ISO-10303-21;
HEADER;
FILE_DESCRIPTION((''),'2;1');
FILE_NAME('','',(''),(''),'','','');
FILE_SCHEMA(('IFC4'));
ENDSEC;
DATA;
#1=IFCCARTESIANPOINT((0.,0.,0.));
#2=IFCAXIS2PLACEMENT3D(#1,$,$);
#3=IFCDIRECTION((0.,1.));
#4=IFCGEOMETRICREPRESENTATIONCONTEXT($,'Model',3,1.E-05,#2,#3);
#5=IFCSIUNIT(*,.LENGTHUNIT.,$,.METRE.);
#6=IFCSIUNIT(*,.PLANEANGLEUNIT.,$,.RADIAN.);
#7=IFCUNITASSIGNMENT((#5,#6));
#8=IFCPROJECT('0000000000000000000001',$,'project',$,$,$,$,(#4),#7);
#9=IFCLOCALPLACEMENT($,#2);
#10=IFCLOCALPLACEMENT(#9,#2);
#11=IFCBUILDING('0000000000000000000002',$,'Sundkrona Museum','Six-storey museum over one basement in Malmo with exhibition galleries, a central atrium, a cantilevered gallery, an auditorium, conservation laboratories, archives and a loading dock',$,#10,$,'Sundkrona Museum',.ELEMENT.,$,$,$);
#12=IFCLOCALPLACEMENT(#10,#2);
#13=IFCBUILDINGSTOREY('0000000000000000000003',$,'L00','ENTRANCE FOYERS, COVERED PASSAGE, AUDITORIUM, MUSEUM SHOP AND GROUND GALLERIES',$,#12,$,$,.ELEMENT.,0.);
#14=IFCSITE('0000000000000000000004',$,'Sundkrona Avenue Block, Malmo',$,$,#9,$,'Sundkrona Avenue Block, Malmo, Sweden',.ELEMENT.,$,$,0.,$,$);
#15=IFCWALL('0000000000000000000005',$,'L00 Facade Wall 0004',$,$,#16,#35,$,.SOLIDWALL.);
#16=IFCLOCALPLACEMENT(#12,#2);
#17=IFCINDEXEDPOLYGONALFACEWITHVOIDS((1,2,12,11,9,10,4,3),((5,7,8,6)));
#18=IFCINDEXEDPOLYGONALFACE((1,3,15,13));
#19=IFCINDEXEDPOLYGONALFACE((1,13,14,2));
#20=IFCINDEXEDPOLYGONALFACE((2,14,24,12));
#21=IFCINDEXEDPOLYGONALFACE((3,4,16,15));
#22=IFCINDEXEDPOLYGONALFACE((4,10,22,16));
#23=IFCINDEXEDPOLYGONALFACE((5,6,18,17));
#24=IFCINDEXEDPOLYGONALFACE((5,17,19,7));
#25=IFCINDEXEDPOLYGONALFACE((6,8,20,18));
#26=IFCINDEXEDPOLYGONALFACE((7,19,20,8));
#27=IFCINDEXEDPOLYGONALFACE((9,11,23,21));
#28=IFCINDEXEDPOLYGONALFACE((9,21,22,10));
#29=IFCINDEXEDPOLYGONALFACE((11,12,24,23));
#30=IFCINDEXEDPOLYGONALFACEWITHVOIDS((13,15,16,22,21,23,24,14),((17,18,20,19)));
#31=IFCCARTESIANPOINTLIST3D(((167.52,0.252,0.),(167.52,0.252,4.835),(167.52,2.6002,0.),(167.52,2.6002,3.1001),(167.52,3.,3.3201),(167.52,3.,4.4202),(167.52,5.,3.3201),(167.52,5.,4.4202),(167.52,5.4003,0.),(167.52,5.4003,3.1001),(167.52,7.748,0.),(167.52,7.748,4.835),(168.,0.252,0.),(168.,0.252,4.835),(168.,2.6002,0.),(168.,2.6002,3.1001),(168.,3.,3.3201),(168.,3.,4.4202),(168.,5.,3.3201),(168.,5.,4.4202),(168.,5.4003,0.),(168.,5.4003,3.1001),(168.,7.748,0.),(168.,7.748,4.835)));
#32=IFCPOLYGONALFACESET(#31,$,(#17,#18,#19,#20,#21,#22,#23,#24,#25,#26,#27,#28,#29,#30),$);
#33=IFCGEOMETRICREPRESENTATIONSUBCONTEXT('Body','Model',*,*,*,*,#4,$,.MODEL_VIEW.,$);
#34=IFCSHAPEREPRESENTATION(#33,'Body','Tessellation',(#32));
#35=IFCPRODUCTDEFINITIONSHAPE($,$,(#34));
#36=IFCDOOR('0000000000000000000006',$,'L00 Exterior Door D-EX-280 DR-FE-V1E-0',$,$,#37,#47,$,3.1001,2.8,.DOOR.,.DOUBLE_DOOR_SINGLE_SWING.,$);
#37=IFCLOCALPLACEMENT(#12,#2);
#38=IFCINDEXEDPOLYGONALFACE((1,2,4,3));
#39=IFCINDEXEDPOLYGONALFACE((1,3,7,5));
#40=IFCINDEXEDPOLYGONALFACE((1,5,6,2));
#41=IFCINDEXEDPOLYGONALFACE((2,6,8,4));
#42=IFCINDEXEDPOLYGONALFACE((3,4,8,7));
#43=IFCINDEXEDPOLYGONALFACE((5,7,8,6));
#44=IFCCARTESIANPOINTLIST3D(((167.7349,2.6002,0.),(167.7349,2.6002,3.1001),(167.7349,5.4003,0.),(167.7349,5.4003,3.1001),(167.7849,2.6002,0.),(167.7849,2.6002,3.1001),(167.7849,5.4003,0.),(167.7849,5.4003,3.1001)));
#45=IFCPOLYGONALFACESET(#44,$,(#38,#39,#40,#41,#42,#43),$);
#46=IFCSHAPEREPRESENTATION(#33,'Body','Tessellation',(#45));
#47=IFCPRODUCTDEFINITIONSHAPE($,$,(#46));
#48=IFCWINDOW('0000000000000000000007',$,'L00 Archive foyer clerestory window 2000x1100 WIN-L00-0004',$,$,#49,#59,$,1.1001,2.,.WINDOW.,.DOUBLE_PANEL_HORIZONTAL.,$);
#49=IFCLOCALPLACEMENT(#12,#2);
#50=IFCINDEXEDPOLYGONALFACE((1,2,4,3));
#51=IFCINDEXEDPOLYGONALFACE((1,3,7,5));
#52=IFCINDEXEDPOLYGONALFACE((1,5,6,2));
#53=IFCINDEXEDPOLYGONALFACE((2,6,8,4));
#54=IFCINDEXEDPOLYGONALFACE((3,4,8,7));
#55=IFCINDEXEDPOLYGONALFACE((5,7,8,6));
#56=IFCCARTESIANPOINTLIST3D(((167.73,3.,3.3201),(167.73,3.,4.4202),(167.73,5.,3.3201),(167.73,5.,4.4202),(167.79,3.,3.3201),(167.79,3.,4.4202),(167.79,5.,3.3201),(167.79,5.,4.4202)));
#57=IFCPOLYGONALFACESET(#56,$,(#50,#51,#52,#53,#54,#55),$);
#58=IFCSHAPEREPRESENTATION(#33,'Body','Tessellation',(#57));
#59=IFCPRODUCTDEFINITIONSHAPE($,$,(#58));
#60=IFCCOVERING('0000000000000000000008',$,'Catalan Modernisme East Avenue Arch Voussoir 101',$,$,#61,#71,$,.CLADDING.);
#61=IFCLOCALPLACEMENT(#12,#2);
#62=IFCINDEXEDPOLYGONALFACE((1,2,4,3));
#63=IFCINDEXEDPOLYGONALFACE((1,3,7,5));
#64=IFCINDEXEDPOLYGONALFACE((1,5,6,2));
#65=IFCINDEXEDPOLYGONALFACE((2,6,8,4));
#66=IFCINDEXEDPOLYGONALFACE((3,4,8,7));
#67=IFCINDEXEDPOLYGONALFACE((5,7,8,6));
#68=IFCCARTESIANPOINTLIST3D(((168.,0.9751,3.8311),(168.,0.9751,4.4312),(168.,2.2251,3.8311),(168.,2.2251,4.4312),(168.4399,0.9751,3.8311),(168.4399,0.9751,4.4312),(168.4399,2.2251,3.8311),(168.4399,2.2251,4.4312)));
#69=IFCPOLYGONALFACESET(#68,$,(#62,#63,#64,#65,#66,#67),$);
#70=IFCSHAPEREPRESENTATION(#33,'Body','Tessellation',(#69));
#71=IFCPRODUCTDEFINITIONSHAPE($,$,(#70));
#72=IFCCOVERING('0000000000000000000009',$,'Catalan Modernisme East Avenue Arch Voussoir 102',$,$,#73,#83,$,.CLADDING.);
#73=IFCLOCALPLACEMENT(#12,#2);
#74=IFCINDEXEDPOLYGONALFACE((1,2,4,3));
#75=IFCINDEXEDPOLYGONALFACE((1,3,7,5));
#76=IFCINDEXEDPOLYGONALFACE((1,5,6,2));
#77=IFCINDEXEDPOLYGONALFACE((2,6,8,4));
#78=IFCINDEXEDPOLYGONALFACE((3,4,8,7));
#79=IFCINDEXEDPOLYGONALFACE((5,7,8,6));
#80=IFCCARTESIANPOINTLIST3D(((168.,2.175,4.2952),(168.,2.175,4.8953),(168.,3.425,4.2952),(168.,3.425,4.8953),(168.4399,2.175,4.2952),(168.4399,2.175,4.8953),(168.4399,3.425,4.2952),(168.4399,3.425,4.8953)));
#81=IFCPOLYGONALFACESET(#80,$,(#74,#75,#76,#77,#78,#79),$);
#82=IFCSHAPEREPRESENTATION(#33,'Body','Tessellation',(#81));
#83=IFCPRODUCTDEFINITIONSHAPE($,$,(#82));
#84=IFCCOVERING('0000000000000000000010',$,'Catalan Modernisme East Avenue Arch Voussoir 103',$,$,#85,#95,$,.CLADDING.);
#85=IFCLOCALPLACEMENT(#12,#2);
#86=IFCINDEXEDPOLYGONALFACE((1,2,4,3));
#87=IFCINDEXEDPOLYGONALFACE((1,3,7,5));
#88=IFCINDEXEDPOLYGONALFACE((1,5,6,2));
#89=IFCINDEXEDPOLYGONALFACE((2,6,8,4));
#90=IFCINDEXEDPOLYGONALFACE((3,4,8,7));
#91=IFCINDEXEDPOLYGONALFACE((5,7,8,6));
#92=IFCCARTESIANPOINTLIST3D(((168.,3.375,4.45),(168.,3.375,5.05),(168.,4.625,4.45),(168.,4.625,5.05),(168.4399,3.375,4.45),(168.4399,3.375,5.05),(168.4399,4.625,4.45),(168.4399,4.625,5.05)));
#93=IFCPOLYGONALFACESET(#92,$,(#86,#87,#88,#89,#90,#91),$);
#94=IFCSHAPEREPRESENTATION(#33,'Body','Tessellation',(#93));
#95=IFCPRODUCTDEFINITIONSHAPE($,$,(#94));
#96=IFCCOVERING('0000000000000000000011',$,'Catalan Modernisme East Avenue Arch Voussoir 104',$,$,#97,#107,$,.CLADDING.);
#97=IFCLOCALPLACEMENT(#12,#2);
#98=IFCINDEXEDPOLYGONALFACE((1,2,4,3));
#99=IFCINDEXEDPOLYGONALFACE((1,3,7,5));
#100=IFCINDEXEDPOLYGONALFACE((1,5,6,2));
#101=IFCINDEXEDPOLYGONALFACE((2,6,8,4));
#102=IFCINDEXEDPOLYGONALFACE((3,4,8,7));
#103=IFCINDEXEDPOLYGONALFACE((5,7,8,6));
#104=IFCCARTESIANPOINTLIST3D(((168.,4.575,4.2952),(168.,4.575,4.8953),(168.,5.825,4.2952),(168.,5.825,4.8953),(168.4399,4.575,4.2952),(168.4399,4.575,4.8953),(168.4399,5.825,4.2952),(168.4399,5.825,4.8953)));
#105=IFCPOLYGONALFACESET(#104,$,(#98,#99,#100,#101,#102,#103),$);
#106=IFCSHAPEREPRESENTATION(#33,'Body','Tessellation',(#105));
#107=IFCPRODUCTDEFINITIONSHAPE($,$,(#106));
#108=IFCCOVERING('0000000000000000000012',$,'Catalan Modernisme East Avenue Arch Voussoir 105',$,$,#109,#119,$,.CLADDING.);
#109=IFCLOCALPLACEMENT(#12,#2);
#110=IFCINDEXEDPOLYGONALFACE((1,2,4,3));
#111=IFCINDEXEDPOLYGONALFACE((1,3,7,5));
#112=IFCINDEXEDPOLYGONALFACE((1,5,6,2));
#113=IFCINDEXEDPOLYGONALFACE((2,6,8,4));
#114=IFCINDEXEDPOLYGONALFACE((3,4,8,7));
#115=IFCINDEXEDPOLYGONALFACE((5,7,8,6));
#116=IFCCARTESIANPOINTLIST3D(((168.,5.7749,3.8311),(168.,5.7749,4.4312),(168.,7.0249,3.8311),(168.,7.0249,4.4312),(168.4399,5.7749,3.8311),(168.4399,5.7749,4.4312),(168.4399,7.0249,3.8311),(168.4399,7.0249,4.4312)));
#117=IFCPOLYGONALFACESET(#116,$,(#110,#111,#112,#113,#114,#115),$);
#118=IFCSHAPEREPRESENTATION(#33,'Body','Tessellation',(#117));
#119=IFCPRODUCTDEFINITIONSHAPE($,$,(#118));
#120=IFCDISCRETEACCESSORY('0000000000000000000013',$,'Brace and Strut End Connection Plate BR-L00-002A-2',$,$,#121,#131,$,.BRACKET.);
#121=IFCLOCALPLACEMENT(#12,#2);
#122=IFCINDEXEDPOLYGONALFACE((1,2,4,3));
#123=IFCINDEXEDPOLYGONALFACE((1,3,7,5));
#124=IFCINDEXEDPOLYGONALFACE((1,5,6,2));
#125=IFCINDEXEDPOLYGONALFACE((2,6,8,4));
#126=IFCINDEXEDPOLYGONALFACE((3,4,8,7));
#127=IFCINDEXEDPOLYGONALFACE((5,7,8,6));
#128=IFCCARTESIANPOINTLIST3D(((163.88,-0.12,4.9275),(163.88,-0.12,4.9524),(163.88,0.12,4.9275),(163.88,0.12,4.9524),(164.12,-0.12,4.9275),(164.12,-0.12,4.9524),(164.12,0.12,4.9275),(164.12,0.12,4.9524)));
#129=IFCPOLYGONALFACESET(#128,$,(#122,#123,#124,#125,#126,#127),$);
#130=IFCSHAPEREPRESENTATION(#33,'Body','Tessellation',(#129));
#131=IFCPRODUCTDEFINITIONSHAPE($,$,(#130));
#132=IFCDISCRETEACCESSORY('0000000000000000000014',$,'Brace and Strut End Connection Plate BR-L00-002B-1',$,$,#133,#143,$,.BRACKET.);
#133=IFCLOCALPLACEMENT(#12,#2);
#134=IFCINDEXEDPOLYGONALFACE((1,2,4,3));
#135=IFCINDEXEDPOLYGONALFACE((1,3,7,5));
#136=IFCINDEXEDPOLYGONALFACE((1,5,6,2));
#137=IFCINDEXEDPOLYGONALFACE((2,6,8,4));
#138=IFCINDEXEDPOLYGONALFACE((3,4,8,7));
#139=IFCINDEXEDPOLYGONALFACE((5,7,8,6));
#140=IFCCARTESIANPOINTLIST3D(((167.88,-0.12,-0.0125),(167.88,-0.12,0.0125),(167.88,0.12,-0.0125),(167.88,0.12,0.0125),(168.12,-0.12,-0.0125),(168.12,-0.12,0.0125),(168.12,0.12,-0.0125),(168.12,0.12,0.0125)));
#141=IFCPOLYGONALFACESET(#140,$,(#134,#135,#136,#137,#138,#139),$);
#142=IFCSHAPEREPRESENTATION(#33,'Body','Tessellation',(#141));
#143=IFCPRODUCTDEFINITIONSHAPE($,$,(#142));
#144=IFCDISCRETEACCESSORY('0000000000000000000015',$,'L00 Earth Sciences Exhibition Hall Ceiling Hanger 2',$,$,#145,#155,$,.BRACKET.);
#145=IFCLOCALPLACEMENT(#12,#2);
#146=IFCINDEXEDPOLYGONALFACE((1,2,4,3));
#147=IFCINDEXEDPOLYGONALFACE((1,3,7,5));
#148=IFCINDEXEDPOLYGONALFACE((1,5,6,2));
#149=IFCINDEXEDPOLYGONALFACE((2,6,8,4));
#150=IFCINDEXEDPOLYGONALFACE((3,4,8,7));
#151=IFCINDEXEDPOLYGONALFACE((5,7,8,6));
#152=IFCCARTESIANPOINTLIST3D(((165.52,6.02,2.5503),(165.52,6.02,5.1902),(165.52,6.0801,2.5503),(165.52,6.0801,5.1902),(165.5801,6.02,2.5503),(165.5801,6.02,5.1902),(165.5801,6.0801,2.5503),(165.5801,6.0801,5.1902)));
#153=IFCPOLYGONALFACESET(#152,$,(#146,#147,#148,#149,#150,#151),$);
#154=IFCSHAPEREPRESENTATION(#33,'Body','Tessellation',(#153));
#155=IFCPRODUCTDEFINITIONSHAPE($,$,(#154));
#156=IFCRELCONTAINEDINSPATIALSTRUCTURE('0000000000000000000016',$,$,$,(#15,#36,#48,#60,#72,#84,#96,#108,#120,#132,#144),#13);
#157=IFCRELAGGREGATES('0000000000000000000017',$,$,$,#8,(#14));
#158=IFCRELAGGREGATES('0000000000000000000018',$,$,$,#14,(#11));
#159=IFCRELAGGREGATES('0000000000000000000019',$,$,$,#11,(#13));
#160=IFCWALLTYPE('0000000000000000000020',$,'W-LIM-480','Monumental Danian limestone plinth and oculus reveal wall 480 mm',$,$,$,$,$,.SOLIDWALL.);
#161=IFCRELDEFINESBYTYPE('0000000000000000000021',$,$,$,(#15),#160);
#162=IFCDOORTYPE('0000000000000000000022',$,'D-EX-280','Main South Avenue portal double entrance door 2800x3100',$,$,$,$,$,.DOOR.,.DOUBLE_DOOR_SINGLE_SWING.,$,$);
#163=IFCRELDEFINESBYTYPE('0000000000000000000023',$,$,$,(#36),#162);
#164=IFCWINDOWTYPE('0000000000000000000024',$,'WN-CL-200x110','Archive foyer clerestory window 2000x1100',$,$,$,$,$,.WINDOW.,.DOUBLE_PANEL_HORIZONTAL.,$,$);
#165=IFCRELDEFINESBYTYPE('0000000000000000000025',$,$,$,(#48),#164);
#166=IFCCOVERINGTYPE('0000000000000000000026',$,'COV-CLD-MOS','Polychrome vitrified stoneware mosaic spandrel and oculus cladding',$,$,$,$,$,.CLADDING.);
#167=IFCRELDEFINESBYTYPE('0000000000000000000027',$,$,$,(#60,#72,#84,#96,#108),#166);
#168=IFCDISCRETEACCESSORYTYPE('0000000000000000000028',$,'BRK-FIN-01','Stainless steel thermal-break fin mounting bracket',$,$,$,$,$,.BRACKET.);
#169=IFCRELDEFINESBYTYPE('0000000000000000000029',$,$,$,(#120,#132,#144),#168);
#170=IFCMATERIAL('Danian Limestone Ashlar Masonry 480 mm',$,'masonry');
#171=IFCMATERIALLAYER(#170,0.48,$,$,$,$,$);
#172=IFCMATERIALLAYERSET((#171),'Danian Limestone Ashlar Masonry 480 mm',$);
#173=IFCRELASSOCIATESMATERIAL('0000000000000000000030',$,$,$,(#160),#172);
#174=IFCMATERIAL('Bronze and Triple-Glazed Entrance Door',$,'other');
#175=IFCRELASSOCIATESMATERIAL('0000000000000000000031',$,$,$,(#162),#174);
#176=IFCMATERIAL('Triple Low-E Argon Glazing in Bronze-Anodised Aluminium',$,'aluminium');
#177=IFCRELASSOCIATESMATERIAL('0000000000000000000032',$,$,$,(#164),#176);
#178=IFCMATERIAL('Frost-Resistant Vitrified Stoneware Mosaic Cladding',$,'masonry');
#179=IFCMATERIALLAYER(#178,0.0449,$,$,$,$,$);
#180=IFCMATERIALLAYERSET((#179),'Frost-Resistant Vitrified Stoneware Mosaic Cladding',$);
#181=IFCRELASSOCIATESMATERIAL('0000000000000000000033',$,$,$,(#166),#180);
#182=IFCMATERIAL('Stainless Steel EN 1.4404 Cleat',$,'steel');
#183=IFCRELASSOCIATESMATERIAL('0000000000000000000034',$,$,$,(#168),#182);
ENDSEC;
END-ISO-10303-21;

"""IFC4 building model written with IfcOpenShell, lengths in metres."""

from ifc_helpers import new_model, si_unit, direction, frame, frame_2d, origin, origin_2d, place, context, subcontext, project, spatial, rectangle, extrude, material, layer, layer_set, type_object, element, fill, save


model = new_model("IFC4")

# Units and contexts
model_context = context("Model", 3, precision=1e-05, world=origin(), true_north=direction((0.0, 1.0)))
body_context = subcontext(model_context, "Body", "Model", "MODEL_VIEW")
ifc_project = project(units=[si_unit("LENGTHUNIT", "METRE"), si_unit("PLANEANGLEUNIT", "RADIAN")], contexts=[model_context])

# Site, building, storey
site_placement = place(None, origin())
site = spatial("IfcSite", under=ifc_project, at=site_placement, Name="Sundkrona Avenue Block, Malmo", LongName="Sundkrona Avenue Block, Malmo, Sweden", CompositionType="ELEMENT", RefElevation=0.0)
building_placement = place(site_placement, origin())
building = spatial("IfcBuilding", under=site, at=building_placement, Name="Sundkrona Museum", Description="Six-storey museum over one basement in Malmo with exhibition galleries, a central atrium, a cantilevered gallery, an auditorium, conservation laboratories, archives and a loading dock", LongName="Sundkrona Museum", CompositionType="ELEMENT")
storey_placement = place(building_placement, origin())
storey = spatial("IfcBuildingStorey", under=building, at=storey_placement, Name="L00", Description="ENTRANCE FOYERS, COVERED PASSAGE, AUDITORIUM, MUSEUM SHOP AND GROUND GALLERIES", CompositionType="ELEMENT", Elevation=0.0)

# Shared definitions
ifc_material_1 = material(Name="Danian Limestone Ashlar Masonry 480 mm", Category="masonry")
ifc_layer_1 = layer(ifc_material_1, 0.48)
ifc_layer_set_1 = layer_set([ifc_layer_1], Name="Danian Limestone Ashlar Masonry 480 mm")
wall_type = type_object("IfcWallType", Name="W-LIM-480", Description="Monumental Danian limestone plinth and oculus reveal wall 480 mm", PredefinedType="SOLIDWALL", material=ifc_layer_set_1)
ifc_material_2 = material(Name="Triple Low-E Argon Glazing in Bronze-Anodised Aluminium", Category="aluminium")

# Shared definitions
ifc_material_3 = material(Name="Bronze and Triple-Glazed Entrance Door", Category="other")
door_type = type_object("IfcDoorType", Name="D-EX-280", Description="Main South Avenue portal double entrance door 2800x3100", OperationType="DOUBLE_DOOR_SINGLE_SWING", PredefinedType="DOOR", material=ifc_material_3)

# Wall, openings, door, window
wall_1_placement = place(storey_placement, frame((167.76, 7.748, 0.0), z_axis=(0.0, 0.0, 1.0), x_axis=(0.0, -1.0, 0.0)))
wall_1 = element("IfcWall", 1, at=wall_1_placement, inside=storey, type_object=wall_type, Name="L00 Facade Wall 0004", PredefinedType="SOLIDWALL", context=body_context, shape_type="SweptSolid", body=[
    extrude(rectangle(XDim=7.4961, YDim=0.48, at=frame_2d((3.748, 0.0))), origin(), (0.0, 0.0, 1.0), 4.835),
])
opening_1_placement = place(wall_1_placement, frame((2.3479, 0.0, 0.0)))
opening_1 = element("IfcOpeningElement", 2, at=opening_1_placement, cuts=wall_1, PredefinedType="OPENING", context=body_context, shape_type="SweptSolid", body=[
    extrude(rectangle(XDim=2.8, YDim=3.1001, at=frame_2d((1.3999, 1.55))), frame((0.0, 0.25, 0.0), z_axis=(0.0, -1.0, 0.0), x_axis=(1.0, 0.0, 0.0)), (0.0, 0.0, 1.0), 0.5),
])
opening_2_placement = place(wall_1_placement, frame((2.748, 0.0, 3.3201)))
opening_2 = element("IfcOpeningElement", 3, at=opening_2_placement, cuts=wall_1, PredefinedType="OPENING", context=body_context, shape_type="SweptSolid", body=[
    extrude(rectangle(XDim=2.0, YDim=1.1001, at=frame_2d((1.0, 0.55))), frame((0.0, 0.25, 0.0), z_axis=(0.0, -1.0, 0.0), x_axis=(1.0, 0.0, 0.0)), (0.0, 0.0, 1.0), 0.5),
])
door_1_placement = place(opening_1_placement, origin())
door_1 = element("IfcDoor", 4, at=door_1_placement, inside=storey, type_object=door_type, Name="L00 Exterior Door D-EX-280 DR-FE-V1E-0", OperationType="DOUBLE_DOOR_SINGLE_SWING", OverallHeight=3.1001, OverallWidth=2.8, PredefinedType="DOOR", context=body_context, shape_type="SweptSolid", body=[
    extrude(rectangle(XDim=2.8, YDim=3.1001, at=frame_2d((1.3999, 1.55))), frame((0.0, 0.0249, 0.0), z_axis=(0.0, -1.0, 0.0), x_axis=(1.0, 0.0, 0.0)), (0.0, 0.0, 1.0), 0.05),
])
fill(opening_1, door_1)
window_type_1 = type_object("IfcWindowType", Name="WN-CL-200x110", Description="Archive foyer clerestory window 2000x1100", PartitioningType="DOUBLE_PANEL_HORIZONTAL", PredefinedType="WINDOW", material=ifc_material_2)
window_1_placement = place(opening_2_placement, origin())
window_1 = element("IfcWindow", 5, at=window_1_placement, inside=storey, type_object=window_type_1, Name="L00 Archive foyer clerestory window 2000x1100 WIN-L00-0004", OverallHeight=1.1001, OverallWidth=2.0, PartitioningType="DOUBLE_PANEL_HORIZONTAL", PredefinedType="WINDOW", context=body_context, shape_type="SweptSolid", body=[
    extrude(rectangle(XDim=2.0, YDim=1.1001, at=frame_2d((1.0, 0.55))), frame((0.0, 0.03, 0.0), z_axis=(0.0, -1.0, 0.0), x_axis=(1.0, 0.0, 0.0)), (0.0, 0.0, 1.0), 0.0601),
])
fill(opening_2, window_1)

# Coverings
ifc_material_4 = material(Name="Frost-Resistant Vitrified Stoneware Mosaic Cladding", Category="masonry")
ifc_layer_2 = layer(ifc_material_4, 0.0449)
ifc_layer_set_2 = layer_set([ifc_layer_2], Name="Frost-Resistant Vitrified Stoneware Mosaic Cladding")
covering_type = type_object("IfcCoveringType", Name="COV-CLD-MOS", Description="Polychrome vitrified stoneware mosaic spandrel and oculus cladding", PredefinedType="CLADDING", material=ifc_layer_set_2)
for number, where, z_axis, x_axis, name in (
    (6, (168.22, 1.6001, 3.8311), (0.0, 0.0, 1.0), (1.0, 0.0, 0.0), "Catalan Modernisme East Avenue Arch Voussoir 101"),
    (7, (168.22, 2.8, 4.2952), (0.0, 0.0, 1.0), (1.0, 0.0, 0.0), "Catalan Modernisme East Avenue Arch Voussoir 102"),
    (8, (168.22, 4.0, 4.45), (0.0, 0.0, 1.0), (1.0, 0.0, 0.0), "Catalan Modernisme East Avenue Arch Voussoir 103"),
    (9, (168.22, 5.2, 4.2952), (0.0, 0.0, 1.0), (1.0, 0.0, 0.0), "Catalan Modernisme East Avenue Arch Voussoir 104"),
    (10, (168.22, 6.3999, 3.8311), (0.0, 0.0, 1.0), (1.0, 0.0, 0.0), "Catalan Modernisme East Avenue Arch Voussoir 105"),
):
    element("IfcCovering", number, at=place(storey_placement, frame(where, z_axis=z_axis, x_axis=x_axis)), inside=storey, type_object=covering_type, Name=name, PredefinedType="CLADDING", context=body_context, shape_type="SweptSolid", body=[
        extrude(rectangle(XDim=0.4399, YDim=1.25, at=origin_2d()), origin(), (0.0, 0.0, 1.0), 0.6001),
    ])

# Discrete accessories
ifc_material_5 = material(Name="Stainless Steel EN 1.4404 Cleat", Category="steel")
discrete_accessory_type = type_object("IfcDiscreteAccessoryType", Name="BRK-FIN-01", Description="Stainless steel thermal-break fin mounting bracket", PredefinedType="BRACKET", material=ifc_material_5)
for number, where, z_axis, x_axis, name in (
    (11, (164.0, 0.0, 4.9275), (0.0, 0.0, 1.0), (1.0, 0.0, 0.0), "Brace and Strut End Connection Plate BR-L00-002A-2"),
    (12, (168.0, 0.0, -0.0125), (0.0, 0.0, 1.0), (1.0, 0.0, 0.0), "Brace and Strut End Connection Plate BR-L00-002B-1"),
):
    element("IfcDiscreteAccessory", number, at=place(storey_placement, frame(where, z_axis=z_axis, x_axis=x_axis)), inside=storey, type_object=discrete_accessory_type, Name=name, PredefinedType="BRACKET", context=body_context, shape_type="SweptSolid", body=[
        extrude(rectangle(XDim=0.24, YDim=0.24, at=origin_2d()), origin(), (0.0, 0.0, 1.0), 0.0249),
    ])
discrete_accessory_placement = place(storey_placement, frame((165.55, 6.05, 2.5503), z_axis=(0.0, 0.0, 1.0), x_axis=(1.0, 0.0, 0.0)))
element("IfcDiscreteAccessory", 13, at=discrete_accessory_placement, inside=storey, type_object=discrete_accessory_type, Name="L00 Earth Sciences Exhibition Hall Ceiling Hanger 2", PredefinedType="BRACKET", context=body_context, shape_type="SweptSolid", body=[
    extrude(rectangle(XDim=0.0601, YDim=0.0601, at=origin_2d()), origin(), (0.0, 0.0, 1.0), 2.6399),
])

save(model, "model.ifc")
